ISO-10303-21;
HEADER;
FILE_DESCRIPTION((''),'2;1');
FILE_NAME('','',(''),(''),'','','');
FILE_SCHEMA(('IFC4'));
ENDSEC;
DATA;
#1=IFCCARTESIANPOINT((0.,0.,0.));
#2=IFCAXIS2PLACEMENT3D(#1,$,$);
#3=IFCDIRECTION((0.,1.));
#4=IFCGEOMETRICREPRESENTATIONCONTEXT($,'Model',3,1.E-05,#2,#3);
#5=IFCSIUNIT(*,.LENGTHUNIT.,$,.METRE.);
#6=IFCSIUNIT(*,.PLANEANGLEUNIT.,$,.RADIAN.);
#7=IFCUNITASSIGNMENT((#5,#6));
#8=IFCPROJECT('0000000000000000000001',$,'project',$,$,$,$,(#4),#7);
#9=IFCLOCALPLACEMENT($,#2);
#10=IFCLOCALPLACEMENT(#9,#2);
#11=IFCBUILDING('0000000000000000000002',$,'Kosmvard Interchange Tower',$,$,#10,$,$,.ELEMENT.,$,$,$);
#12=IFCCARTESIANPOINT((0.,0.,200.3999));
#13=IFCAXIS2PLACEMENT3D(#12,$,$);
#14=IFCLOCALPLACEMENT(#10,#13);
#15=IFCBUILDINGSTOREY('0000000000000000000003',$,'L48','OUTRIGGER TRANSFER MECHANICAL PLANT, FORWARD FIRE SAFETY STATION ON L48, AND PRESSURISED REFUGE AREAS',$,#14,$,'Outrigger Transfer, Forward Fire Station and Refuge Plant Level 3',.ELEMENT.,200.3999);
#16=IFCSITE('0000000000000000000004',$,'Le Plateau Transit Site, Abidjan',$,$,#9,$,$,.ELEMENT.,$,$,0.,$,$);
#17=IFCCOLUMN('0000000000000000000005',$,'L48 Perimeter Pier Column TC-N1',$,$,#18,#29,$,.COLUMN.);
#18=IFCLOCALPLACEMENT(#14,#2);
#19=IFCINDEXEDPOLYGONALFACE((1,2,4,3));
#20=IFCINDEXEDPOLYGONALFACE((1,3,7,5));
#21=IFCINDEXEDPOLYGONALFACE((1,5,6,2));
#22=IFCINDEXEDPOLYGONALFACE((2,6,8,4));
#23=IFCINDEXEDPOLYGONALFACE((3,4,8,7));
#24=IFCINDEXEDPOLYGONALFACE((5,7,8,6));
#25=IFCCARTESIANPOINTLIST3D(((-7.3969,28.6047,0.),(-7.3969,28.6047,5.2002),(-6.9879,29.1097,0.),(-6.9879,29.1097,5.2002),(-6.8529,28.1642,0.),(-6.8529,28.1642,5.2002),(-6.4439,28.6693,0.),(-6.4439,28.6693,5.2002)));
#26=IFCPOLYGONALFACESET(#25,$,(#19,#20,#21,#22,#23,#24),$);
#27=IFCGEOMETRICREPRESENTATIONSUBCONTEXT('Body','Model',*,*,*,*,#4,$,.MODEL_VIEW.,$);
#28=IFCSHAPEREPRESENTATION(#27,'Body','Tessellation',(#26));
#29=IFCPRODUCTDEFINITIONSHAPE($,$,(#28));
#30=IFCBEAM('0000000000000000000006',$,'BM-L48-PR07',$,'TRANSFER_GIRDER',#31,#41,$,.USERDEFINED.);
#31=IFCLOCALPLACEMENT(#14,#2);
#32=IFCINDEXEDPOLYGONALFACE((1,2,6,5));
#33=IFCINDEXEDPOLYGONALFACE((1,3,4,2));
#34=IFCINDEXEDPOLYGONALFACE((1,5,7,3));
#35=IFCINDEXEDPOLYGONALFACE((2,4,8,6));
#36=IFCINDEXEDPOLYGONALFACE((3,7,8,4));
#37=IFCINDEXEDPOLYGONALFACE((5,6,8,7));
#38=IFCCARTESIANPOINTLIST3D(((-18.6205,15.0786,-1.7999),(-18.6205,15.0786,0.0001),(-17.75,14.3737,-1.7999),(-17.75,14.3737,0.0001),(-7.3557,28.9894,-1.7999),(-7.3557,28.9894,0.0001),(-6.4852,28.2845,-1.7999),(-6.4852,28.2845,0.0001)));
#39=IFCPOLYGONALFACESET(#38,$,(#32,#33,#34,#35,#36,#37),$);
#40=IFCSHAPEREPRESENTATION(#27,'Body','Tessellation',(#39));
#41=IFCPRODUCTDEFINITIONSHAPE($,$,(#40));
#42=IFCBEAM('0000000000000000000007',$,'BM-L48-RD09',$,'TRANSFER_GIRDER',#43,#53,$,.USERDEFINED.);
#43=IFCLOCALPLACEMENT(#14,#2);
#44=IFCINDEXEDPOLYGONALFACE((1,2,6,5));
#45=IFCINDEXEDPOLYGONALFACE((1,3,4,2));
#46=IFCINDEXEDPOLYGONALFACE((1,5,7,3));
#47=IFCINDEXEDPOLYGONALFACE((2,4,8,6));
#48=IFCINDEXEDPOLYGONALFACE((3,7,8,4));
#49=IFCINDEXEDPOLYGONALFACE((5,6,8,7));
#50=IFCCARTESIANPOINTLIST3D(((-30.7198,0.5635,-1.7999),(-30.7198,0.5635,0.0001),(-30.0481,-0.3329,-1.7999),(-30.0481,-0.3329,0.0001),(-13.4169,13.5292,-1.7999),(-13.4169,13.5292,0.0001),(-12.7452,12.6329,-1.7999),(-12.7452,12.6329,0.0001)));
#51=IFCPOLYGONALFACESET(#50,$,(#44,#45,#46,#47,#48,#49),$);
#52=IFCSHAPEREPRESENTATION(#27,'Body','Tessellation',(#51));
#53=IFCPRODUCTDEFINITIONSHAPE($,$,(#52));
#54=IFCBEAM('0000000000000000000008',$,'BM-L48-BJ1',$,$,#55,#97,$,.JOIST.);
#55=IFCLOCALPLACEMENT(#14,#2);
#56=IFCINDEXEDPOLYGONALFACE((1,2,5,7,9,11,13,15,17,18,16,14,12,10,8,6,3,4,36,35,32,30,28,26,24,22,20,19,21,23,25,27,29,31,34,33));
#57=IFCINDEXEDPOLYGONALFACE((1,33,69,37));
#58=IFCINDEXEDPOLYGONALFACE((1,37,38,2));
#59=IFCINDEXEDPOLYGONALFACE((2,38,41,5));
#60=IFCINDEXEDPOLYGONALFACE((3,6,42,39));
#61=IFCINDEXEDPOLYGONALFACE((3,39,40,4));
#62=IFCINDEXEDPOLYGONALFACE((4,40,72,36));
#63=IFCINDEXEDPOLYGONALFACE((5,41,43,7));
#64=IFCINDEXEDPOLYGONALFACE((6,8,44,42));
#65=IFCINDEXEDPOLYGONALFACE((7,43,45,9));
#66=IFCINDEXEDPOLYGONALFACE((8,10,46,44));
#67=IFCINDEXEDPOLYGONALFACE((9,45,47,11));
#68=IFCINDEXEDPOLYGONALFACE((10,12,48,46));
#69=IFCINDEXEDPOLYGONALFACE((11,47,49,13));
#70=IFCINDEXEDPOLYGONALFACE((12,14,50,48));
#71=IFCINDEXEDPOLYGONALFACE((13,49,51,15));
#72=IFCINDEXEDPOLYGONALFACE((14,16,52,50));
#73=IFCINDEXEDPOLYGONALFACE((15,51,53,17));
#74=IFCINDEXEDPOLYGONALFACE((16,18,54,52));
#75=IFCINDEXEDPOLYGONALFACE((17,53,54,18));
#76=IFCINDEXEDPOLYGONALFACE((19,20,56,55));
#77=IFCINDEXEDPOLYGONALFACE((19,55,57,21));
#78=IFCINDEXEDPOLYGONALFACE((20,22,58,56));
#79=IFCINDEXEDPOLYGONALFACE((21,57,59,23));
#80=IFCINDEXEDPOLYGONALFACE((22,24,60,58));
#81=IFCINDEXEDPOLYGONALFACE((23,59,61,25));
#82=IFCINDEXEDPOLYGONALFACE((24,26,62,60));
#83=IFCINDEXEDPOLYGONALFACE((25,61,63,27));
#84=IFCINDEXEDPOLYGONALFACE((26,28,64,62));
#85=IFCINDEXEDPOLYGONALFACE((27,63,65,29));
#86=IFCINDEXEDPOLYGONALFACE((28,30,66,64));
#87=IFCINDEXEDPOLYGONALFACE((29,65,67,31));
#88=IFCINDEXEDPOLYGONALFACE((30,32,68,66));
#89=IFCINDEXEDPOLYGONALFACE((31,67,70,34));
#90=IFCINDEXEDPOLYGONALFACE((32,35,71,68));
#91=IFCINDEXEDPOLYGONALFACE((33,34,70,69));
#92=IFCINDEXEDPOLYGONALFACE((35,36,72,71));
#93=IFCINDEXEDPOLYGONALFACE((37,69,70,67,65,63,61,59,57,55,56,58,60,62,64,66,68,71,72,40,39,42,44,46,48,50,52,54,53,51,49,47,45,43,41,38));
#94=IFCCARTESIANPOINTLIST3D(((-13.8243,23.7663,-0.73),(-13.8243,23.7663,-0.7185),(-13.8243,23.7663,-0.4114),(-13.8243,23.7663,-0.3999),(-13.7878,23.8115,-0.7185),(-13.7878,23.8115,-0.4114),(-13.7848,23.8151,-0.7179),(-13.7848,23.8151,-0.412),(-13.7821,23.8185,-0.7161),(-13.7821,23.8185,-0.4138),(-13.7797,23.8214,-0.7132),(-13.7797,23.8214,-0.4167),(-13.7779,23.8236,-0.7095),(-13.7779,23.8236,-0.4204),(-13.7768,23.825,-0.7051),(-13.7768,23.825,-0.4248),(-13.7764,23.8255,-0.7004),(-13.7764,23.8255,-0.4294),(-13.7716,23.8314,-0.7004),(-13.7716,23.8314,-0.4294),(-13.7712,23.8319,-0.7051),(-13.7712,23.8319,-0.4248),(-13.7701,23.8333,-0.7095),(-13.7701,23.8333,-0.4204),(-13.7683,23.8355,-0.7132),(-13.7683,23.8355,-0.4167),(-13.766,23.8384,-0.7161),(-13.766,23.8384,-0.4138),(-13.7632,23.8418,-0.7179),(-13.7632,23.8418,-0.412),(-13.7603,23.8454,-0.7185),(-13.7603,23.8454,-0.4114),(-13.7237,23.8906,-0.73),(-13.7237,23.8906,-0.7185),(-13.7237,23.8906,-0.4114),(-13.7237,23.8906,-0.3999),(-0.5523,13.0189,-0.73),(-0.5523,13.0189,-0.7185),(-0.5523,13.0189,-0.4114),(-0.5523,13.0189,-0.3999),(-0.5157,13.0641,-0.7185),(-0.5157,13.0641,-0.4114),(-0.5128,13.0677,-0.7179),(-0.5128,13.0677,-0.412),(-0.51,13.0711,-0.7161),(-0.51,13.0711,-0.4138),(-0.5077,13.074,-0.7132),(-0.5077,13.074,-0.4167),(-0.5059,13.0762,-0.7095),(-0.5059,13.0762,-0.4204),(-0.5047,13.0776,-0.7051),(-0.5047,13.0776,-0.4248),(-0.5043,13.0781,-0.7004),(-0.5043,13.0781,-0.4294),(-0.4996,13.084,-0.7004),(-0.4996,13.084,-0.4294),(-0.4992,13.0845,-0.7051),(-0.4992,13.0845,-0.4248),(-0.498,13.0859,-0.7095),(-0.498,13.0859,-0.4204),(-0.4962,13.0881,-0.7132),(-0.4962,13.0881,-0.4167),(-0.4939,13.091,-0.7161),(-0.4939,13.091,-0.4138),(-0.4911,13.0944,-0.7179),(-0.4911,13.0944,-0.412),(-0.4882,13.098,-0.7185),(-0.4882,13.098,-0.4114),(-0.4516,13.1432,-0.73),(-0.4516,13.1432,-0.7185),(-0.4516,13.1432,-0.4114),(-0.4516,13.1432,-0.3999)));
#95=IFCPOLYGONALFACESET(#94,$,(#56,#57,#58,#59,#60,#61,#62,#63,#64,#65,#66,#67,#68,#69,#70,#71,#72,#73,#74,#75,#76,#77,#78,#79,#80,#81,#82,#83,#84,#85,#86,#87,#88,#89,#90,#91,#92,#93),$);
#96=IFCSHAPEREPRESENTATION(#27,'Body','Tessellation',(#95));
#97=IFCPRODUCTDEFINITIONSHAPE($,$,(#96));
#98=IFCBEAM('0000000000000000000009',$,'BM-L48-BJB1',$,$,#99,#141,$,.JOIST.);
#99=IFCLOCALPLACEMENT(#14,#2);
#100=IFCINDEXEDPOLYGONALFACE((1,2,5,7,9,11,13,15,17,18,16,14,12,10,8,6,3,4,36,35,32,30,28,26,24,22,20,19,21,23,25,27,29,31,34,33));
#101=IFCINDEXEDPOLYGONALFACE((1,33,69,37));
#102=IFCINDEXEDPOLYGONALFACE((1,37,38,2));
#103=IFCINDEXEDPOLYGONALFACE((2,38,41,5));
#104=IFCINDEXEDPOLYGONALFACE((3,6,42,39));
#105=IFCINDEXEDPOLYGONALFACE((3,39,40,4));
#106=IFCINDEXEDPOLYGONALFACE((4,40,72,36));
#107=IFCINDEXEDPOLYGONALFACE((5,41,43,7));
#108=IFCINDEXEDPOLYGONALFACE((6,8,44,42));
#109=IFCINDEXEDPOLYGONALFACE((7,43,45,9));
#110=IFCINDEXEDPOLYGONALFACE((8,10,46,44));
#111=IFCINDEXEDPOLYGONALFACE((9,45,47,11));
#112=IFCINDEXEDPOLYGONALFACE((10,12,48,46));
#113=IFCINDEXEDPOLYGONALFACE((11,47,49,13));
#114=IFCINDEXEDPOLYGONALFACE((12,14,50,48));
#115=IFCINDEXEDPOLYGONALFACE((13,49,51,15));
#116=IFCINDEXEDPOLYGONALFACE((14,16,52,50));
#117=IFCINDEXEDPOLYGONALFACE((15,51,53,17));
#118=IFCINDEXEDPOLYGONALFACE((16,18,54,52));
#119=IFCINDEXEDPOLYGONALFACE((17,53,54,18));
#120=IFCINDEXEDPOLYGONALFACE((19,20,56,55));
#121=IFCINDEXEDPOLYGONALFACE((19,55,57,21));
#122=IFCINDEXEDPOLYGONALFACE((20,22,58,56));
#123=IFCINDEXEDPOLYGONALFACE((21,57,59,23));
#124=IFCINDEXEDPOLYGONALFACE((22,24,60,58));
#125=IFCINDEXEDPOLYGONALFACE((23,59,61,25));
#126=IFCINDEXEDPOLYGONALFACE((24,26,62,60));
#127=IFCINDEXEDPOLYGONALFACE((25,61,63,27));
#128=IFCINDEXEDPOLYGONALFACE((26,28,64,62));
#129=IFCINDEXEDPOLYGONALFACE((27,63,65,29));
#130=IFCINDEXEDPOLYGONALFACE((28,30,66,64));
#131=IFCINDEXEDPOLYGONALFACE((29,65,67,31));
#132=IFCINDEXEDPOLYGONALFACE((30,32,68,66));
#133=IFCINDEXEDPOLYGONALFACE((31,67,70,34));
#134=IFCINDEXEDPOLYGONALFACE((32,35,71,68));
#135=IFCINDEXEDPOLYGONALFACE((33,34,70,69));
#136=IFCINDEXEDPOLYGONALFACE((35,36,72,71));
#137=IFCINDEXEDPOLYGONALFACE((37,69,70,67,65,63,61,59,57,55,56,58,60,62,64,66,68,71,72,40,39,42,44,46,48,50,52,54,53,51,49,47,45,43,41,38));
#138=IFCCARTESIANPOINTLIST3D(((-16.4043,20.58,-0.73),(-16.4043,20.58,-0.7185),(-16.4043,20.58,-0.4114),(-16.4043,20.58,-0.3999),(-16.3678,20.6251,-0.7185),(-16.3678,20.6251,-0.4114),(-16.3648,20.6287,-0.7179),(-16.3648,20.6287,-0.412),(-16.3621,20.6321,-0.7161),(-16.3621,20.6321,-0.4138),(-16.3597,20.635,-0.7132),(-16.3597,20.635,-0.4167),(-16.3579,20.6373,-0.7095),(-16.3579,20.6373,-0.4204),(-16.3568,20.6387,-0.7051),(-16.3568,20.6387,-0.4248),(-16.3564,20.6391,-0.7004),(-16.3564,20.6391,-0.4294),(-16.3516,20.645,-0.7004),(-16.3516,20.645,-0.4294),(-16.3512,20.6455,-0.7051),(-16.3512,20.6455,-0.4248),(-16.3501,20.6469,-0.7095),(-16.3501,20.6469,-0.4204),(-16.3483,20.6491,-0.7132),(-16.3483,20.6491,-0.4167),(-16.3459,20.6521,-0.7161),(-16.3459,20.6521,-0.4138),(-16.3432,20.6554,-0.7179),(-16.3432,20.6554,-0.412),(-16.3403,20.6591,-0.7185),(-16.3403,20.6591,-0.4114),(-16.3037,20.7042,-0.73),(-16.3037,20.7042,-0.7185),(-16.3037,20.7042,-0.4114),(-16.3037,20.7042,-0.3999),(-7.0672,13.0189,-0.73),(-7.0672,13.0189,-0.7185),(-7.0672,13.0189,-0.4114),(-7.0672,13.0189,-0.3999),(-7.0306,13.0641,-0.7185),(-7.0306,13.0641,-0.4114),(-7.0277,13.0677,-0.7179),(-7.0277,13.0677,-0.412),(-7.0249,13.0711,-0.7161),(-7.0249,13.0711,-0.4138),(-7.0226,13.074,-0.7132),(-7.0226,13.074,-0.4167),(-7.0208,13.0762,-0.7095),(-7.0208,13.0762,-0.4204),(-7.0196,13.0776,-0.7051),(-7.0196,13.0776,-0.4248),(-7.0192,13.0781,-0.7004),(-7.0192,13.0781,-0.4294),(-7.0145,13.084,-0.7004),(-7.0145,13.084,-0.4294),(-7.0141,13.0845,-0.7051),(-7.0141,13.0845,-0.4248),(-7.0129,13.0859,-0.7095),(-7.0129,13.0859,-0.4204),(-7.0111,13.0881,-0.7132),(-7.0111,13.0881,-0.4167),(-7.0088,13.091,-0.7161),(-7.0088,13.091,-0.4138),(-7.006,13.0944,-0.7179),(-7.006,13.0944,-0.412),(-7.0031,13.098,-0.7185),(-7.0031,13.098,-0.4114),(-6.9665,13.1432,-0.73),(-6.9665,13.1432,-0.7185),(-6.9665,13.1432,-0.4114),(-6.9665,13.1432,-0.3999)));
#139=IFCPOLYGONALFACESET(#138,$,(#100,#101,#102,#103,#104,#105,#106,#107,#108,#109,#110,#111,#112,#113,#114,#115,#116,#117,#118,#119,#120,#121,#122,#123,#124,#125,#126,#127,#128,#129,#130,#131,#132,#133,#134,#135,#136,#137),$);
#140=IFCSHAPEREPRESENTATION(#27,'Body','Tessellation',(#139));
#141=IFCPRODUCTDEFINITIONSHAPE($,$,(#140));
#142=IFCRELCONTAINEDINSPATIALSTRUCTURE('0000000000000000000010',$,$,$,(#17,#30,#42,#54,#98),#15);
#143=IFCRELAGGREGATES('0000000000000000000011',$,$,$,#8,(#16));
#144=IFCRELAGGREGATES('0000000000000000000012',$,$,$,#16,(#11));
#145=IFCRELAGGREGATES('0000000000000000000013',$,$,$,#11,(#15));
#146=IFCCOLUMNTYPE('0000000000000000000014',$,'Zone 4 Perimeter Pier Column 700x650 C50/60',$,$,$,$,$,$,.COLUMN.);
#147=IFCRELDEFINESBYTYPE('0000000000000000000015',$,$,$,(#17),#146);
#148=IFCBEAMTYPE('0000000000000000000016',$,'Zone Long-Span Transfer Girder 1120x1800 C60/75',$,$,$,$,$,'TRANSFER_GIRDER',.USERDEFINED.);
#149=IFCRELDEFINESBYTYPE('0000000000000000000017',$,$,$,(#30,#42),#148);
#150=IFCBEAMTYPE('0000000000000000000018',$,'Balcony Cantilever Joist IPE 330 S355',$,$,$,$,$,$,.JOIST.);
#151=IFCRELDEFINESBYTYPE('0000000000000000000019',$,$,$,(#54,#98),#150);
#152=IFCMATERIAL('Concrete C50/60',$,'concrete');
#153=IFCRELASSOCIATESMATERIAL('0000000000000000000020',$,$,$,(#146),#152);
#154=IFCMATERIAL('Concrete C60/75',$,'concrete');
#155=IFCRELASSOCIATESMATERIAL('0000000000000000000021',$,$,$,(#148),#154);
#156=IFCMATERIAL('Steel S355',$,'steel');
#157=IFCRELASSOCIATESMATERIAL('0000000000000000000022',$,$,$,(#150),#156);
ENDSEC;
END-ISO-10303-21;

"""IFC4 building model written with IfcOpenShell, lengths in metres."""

from ifc_helpers import new_model, si_unit, direction, frame, origin, origin_2d, place, context, subcontext, project, spatial, rectangle, i_section, extrude, source, transform, mapped, material, material_profile, profile_set, type_object, element, save


model = new_model("IFC4")

# Units and contexts
model_context = context("Model", 3, precision=1e-05, world=origin(), true_north=direction((0.0, 1.0)))
body_context = subcontext(model_context, "Body", "Model", "MODEL_VIEW")
ifc_project = project(units=[si_unit("LENGTHUNIT", "METRE"), si_unit("PLANEANGLEUNIT", "RADIAN")], contexts=[model_context])

# Site, building, storey
site_placement = place(None, origin())
site = spatial("IfcSite", under=ifc_project, at=site_placement, Name="Le Plateau Transit Site, Abidjan", CompositionType="ELEMENT", RefElevation=0.0)
building_placement = place(site_placement, origin())
building = spatial("IfcBuilding", under=site, at=building_placement, Name="Kosmvard Interchange Tower", CompositionType="ELEMENT")
storey_placement = place(building_placement, frame((0.0, 0.0, 200.3999)))
storey = spatial("IfcBuildingStorey", under=building, at=storey_placement, Name="L48", Description="OUTRIGGER TRANSFER MECHANICAL PLANT, FORWARD FIRE SAFETY STATION ON L48, AND PRESSURISED REFUGE AREAS", LongName="Outrigger Transfer, Forward Fire Station and Refuge Plant Level 3", CompositionType="ELEMENT", Elevation=200.3999)

# Column
ifc_material_1 = material(Name="Concrete C50/60", Category="concrete")
ifc_material_profile_1 = material_profile(ifc_material_1, rectangle(XDim=0.6499, YDim=0.7, at=origin_2d()), Name="TC 700x650")
ifc_profile_set_1 = profile_set([ifc_material_profile_1], Name="Concrete C50/60")
column_type = type_object("IfcColumnType", Name="Zone 4 Perimeter Pier Column 700x650 C50/60", PredefinedType="COLUMN", material=ifc_profile_set_1)
shared_shape_1 = source(origin(), body_context, "Body", "SweptSolid", [
    extrude(rectangle(XDim=0.6499, YDim=0.7, at=origin_2d()), origin(), (0.0, 0.0, 1.0), 5.2002),
])
column_placement = place(storey_placement, frame((-6.9204, 28.637, 0.0), z_axis=(0.0, 0.0, 1.0), x_axis=(0.62932, 0.777146, 0.0)))
element("IfcColumn", 1, at=column_placement, inside=storey, type_object=column_type, Name="L48 Perimeter Pier Column TC-N1", PredefinedType="COLUMN", context=body_context, shape_type="MappedRepresentation", body=[
    mapped(shared_shape_1, transform((0.0, 0.0, 0.0), scale=1.0)),
])

# Beams
ifc_material_2 = material(Name="Concrete C60/75", Category="concrete")
ifc_material_profile_2 = material_profile(ifc_material_2, rectangle(XDim=1.1201, YDim=1.8, at=origin_2d()), Name="TG 1120x1800")
ifc_profile_set_2 = profile_set([ifc_material_profile_2], Name="Concrete C60/75")
beam_type_1 = type_object("IfcBeamType", Name="Zone Long-Span Transfer Girder 1120x1800 C60/75", ElementType="TRANSFER_GIRDER", PredefinedType="USERDEFINED", material=ifc_profile_set_2)
shared_shape_2 = source(origin(), body_context, "Body", "SweptSolid", [
    extrude(rectangle(XDim=1.1201, YDim=1.8, at=origin_2d()), origin(), (0.0, 0.0, 1.0), 17.8999),
])
beam_1_placement = place(storey_placement, frame((-6.9204, 28.637, -0.8999), z_axis=(-0.629323, -0.777144, 0.0), x_axis=(0.777144, -0.629323, 0.0)))
element("IfcBeam", 2, at=beam_1_placement, inside=storey, type_object=beam_type_1, Name="BM-L48-PR07", ObjectType="TRANSFER_GIRDER", PredefinedType="USERDEFINED", context=body_context, shape_type="MappedRepresentation", body=[
    mapped(shared_shape_2, transform((0.0, 0.0, 0.0), scale=1.0)),
])
shared_shape_3 = source(origin(), body_context, "Body", "SweptSolid", [
    extrude(rectangle(XDim=1.1201, YDim=1.8, at=origin_2d()), origin(), (0.0, 0.0, 1.0), 21.6218),
])
beam_2_placement = place(storey_placement, frame((-13.0811, 13.0811, -0.8999), z_axis=(-0.800253, -0.599662, 0.0), x_axis=(0.599662, -0.800253, 0.0)))
element("IfcBeam", 3, at=beam_2_placement, inside=storey, type_object=beam_type_1, Name="BM-L48-RD09", ObjectType="TRANSFER_GIRDER", PredefinedType="USERDEFINED", context=body_context, shape_type="MappedRepresentation", body=[
    mapped(shared_shape_3, transform((0.0, 0.0, 0.0), scale=1.0)),
])
ifc_material_3 = material(Name="Steel S355", Category="steel")
ifc_material_profile_3 = material_profile(ifc_material_3, i_section(OverallWidth=0.1599, OverallDepth=0.3301, WebThickness=0.0076, FlangeThickness=0.0115, FilletRadius=0.0181, at=origin_2d()), Name="IPE 330")
ifc_profile_set_3 = profile_set([ifc_material_profile_3], Name="Steel S355")
beam_type_2 = type_object("IfcBeamType", Name="Balcony Cantilever Joist IPE 330 S355", PredefinedType="JOIST", material=ifc_profile_set_3)
shared_shape_4 = source(origin(), body_context, "Body", "SweptSolid", [
    extrude(i_section(OverallWidth=0.1599, OverallDepth=0.3301, WebThickness=0.0076, FlangeThickness=0.0115, FilletRadius=0.0181, at=origin_2d()), origin(), (0.0, 0.0, 1.0), 17.0779),
])
beam_3_placement = place(storey_placement, frame((-0.502, 13.0811, -0.5649), z_axis=(-0.777149, 0.629316, 0.0), x_axis=(-0.629316, -0.777149, 0.0)))
element("IfcBeam", 4, at=beam_3_placement, inside=storey, type_object=beam_type_2, Name="BM-L48-BJ1", PredefinedType="JOIST", context=body_context, shape_type="MappedRepresentation", body=[
    mapped(shared_shape_4, transform((0.0, 0.0, 0.0), scale=1.0)),
])
shared_shape_5 = source(origin(), body_context, "Body", "SweptSolid", [
    extrude(i_section(OverallWidth=0.1599, OverallDepth=0.3301, WebThickness=0.0076, FlangeThickness=0.0115, FilletRadius=0.0181, at=origin_2d()), origin(), (0.0, 0.0, 1.0), 12.0146),
])
beam_4_placement = place(storey_placement, frame((-7.0168, 13.0811, -0.5649), z_axis=(-0.777148, 0.629318, 0.0), x_axis=(-0.629318, -0.777148, 0.0)))
element("IfcBeam", 5, at=beam_4_placement, inside=storey, type_object=beam_type_2, Name="BM-L48-BJB1", PredefinedType="JOIST", context=body_context, shape_type="MappedRepresentation", body=[
    mapped(shared_shape_5, transform((0.0, 0.0, 0.0), scale=1.0)),
])

save(model, "model.ifc")
